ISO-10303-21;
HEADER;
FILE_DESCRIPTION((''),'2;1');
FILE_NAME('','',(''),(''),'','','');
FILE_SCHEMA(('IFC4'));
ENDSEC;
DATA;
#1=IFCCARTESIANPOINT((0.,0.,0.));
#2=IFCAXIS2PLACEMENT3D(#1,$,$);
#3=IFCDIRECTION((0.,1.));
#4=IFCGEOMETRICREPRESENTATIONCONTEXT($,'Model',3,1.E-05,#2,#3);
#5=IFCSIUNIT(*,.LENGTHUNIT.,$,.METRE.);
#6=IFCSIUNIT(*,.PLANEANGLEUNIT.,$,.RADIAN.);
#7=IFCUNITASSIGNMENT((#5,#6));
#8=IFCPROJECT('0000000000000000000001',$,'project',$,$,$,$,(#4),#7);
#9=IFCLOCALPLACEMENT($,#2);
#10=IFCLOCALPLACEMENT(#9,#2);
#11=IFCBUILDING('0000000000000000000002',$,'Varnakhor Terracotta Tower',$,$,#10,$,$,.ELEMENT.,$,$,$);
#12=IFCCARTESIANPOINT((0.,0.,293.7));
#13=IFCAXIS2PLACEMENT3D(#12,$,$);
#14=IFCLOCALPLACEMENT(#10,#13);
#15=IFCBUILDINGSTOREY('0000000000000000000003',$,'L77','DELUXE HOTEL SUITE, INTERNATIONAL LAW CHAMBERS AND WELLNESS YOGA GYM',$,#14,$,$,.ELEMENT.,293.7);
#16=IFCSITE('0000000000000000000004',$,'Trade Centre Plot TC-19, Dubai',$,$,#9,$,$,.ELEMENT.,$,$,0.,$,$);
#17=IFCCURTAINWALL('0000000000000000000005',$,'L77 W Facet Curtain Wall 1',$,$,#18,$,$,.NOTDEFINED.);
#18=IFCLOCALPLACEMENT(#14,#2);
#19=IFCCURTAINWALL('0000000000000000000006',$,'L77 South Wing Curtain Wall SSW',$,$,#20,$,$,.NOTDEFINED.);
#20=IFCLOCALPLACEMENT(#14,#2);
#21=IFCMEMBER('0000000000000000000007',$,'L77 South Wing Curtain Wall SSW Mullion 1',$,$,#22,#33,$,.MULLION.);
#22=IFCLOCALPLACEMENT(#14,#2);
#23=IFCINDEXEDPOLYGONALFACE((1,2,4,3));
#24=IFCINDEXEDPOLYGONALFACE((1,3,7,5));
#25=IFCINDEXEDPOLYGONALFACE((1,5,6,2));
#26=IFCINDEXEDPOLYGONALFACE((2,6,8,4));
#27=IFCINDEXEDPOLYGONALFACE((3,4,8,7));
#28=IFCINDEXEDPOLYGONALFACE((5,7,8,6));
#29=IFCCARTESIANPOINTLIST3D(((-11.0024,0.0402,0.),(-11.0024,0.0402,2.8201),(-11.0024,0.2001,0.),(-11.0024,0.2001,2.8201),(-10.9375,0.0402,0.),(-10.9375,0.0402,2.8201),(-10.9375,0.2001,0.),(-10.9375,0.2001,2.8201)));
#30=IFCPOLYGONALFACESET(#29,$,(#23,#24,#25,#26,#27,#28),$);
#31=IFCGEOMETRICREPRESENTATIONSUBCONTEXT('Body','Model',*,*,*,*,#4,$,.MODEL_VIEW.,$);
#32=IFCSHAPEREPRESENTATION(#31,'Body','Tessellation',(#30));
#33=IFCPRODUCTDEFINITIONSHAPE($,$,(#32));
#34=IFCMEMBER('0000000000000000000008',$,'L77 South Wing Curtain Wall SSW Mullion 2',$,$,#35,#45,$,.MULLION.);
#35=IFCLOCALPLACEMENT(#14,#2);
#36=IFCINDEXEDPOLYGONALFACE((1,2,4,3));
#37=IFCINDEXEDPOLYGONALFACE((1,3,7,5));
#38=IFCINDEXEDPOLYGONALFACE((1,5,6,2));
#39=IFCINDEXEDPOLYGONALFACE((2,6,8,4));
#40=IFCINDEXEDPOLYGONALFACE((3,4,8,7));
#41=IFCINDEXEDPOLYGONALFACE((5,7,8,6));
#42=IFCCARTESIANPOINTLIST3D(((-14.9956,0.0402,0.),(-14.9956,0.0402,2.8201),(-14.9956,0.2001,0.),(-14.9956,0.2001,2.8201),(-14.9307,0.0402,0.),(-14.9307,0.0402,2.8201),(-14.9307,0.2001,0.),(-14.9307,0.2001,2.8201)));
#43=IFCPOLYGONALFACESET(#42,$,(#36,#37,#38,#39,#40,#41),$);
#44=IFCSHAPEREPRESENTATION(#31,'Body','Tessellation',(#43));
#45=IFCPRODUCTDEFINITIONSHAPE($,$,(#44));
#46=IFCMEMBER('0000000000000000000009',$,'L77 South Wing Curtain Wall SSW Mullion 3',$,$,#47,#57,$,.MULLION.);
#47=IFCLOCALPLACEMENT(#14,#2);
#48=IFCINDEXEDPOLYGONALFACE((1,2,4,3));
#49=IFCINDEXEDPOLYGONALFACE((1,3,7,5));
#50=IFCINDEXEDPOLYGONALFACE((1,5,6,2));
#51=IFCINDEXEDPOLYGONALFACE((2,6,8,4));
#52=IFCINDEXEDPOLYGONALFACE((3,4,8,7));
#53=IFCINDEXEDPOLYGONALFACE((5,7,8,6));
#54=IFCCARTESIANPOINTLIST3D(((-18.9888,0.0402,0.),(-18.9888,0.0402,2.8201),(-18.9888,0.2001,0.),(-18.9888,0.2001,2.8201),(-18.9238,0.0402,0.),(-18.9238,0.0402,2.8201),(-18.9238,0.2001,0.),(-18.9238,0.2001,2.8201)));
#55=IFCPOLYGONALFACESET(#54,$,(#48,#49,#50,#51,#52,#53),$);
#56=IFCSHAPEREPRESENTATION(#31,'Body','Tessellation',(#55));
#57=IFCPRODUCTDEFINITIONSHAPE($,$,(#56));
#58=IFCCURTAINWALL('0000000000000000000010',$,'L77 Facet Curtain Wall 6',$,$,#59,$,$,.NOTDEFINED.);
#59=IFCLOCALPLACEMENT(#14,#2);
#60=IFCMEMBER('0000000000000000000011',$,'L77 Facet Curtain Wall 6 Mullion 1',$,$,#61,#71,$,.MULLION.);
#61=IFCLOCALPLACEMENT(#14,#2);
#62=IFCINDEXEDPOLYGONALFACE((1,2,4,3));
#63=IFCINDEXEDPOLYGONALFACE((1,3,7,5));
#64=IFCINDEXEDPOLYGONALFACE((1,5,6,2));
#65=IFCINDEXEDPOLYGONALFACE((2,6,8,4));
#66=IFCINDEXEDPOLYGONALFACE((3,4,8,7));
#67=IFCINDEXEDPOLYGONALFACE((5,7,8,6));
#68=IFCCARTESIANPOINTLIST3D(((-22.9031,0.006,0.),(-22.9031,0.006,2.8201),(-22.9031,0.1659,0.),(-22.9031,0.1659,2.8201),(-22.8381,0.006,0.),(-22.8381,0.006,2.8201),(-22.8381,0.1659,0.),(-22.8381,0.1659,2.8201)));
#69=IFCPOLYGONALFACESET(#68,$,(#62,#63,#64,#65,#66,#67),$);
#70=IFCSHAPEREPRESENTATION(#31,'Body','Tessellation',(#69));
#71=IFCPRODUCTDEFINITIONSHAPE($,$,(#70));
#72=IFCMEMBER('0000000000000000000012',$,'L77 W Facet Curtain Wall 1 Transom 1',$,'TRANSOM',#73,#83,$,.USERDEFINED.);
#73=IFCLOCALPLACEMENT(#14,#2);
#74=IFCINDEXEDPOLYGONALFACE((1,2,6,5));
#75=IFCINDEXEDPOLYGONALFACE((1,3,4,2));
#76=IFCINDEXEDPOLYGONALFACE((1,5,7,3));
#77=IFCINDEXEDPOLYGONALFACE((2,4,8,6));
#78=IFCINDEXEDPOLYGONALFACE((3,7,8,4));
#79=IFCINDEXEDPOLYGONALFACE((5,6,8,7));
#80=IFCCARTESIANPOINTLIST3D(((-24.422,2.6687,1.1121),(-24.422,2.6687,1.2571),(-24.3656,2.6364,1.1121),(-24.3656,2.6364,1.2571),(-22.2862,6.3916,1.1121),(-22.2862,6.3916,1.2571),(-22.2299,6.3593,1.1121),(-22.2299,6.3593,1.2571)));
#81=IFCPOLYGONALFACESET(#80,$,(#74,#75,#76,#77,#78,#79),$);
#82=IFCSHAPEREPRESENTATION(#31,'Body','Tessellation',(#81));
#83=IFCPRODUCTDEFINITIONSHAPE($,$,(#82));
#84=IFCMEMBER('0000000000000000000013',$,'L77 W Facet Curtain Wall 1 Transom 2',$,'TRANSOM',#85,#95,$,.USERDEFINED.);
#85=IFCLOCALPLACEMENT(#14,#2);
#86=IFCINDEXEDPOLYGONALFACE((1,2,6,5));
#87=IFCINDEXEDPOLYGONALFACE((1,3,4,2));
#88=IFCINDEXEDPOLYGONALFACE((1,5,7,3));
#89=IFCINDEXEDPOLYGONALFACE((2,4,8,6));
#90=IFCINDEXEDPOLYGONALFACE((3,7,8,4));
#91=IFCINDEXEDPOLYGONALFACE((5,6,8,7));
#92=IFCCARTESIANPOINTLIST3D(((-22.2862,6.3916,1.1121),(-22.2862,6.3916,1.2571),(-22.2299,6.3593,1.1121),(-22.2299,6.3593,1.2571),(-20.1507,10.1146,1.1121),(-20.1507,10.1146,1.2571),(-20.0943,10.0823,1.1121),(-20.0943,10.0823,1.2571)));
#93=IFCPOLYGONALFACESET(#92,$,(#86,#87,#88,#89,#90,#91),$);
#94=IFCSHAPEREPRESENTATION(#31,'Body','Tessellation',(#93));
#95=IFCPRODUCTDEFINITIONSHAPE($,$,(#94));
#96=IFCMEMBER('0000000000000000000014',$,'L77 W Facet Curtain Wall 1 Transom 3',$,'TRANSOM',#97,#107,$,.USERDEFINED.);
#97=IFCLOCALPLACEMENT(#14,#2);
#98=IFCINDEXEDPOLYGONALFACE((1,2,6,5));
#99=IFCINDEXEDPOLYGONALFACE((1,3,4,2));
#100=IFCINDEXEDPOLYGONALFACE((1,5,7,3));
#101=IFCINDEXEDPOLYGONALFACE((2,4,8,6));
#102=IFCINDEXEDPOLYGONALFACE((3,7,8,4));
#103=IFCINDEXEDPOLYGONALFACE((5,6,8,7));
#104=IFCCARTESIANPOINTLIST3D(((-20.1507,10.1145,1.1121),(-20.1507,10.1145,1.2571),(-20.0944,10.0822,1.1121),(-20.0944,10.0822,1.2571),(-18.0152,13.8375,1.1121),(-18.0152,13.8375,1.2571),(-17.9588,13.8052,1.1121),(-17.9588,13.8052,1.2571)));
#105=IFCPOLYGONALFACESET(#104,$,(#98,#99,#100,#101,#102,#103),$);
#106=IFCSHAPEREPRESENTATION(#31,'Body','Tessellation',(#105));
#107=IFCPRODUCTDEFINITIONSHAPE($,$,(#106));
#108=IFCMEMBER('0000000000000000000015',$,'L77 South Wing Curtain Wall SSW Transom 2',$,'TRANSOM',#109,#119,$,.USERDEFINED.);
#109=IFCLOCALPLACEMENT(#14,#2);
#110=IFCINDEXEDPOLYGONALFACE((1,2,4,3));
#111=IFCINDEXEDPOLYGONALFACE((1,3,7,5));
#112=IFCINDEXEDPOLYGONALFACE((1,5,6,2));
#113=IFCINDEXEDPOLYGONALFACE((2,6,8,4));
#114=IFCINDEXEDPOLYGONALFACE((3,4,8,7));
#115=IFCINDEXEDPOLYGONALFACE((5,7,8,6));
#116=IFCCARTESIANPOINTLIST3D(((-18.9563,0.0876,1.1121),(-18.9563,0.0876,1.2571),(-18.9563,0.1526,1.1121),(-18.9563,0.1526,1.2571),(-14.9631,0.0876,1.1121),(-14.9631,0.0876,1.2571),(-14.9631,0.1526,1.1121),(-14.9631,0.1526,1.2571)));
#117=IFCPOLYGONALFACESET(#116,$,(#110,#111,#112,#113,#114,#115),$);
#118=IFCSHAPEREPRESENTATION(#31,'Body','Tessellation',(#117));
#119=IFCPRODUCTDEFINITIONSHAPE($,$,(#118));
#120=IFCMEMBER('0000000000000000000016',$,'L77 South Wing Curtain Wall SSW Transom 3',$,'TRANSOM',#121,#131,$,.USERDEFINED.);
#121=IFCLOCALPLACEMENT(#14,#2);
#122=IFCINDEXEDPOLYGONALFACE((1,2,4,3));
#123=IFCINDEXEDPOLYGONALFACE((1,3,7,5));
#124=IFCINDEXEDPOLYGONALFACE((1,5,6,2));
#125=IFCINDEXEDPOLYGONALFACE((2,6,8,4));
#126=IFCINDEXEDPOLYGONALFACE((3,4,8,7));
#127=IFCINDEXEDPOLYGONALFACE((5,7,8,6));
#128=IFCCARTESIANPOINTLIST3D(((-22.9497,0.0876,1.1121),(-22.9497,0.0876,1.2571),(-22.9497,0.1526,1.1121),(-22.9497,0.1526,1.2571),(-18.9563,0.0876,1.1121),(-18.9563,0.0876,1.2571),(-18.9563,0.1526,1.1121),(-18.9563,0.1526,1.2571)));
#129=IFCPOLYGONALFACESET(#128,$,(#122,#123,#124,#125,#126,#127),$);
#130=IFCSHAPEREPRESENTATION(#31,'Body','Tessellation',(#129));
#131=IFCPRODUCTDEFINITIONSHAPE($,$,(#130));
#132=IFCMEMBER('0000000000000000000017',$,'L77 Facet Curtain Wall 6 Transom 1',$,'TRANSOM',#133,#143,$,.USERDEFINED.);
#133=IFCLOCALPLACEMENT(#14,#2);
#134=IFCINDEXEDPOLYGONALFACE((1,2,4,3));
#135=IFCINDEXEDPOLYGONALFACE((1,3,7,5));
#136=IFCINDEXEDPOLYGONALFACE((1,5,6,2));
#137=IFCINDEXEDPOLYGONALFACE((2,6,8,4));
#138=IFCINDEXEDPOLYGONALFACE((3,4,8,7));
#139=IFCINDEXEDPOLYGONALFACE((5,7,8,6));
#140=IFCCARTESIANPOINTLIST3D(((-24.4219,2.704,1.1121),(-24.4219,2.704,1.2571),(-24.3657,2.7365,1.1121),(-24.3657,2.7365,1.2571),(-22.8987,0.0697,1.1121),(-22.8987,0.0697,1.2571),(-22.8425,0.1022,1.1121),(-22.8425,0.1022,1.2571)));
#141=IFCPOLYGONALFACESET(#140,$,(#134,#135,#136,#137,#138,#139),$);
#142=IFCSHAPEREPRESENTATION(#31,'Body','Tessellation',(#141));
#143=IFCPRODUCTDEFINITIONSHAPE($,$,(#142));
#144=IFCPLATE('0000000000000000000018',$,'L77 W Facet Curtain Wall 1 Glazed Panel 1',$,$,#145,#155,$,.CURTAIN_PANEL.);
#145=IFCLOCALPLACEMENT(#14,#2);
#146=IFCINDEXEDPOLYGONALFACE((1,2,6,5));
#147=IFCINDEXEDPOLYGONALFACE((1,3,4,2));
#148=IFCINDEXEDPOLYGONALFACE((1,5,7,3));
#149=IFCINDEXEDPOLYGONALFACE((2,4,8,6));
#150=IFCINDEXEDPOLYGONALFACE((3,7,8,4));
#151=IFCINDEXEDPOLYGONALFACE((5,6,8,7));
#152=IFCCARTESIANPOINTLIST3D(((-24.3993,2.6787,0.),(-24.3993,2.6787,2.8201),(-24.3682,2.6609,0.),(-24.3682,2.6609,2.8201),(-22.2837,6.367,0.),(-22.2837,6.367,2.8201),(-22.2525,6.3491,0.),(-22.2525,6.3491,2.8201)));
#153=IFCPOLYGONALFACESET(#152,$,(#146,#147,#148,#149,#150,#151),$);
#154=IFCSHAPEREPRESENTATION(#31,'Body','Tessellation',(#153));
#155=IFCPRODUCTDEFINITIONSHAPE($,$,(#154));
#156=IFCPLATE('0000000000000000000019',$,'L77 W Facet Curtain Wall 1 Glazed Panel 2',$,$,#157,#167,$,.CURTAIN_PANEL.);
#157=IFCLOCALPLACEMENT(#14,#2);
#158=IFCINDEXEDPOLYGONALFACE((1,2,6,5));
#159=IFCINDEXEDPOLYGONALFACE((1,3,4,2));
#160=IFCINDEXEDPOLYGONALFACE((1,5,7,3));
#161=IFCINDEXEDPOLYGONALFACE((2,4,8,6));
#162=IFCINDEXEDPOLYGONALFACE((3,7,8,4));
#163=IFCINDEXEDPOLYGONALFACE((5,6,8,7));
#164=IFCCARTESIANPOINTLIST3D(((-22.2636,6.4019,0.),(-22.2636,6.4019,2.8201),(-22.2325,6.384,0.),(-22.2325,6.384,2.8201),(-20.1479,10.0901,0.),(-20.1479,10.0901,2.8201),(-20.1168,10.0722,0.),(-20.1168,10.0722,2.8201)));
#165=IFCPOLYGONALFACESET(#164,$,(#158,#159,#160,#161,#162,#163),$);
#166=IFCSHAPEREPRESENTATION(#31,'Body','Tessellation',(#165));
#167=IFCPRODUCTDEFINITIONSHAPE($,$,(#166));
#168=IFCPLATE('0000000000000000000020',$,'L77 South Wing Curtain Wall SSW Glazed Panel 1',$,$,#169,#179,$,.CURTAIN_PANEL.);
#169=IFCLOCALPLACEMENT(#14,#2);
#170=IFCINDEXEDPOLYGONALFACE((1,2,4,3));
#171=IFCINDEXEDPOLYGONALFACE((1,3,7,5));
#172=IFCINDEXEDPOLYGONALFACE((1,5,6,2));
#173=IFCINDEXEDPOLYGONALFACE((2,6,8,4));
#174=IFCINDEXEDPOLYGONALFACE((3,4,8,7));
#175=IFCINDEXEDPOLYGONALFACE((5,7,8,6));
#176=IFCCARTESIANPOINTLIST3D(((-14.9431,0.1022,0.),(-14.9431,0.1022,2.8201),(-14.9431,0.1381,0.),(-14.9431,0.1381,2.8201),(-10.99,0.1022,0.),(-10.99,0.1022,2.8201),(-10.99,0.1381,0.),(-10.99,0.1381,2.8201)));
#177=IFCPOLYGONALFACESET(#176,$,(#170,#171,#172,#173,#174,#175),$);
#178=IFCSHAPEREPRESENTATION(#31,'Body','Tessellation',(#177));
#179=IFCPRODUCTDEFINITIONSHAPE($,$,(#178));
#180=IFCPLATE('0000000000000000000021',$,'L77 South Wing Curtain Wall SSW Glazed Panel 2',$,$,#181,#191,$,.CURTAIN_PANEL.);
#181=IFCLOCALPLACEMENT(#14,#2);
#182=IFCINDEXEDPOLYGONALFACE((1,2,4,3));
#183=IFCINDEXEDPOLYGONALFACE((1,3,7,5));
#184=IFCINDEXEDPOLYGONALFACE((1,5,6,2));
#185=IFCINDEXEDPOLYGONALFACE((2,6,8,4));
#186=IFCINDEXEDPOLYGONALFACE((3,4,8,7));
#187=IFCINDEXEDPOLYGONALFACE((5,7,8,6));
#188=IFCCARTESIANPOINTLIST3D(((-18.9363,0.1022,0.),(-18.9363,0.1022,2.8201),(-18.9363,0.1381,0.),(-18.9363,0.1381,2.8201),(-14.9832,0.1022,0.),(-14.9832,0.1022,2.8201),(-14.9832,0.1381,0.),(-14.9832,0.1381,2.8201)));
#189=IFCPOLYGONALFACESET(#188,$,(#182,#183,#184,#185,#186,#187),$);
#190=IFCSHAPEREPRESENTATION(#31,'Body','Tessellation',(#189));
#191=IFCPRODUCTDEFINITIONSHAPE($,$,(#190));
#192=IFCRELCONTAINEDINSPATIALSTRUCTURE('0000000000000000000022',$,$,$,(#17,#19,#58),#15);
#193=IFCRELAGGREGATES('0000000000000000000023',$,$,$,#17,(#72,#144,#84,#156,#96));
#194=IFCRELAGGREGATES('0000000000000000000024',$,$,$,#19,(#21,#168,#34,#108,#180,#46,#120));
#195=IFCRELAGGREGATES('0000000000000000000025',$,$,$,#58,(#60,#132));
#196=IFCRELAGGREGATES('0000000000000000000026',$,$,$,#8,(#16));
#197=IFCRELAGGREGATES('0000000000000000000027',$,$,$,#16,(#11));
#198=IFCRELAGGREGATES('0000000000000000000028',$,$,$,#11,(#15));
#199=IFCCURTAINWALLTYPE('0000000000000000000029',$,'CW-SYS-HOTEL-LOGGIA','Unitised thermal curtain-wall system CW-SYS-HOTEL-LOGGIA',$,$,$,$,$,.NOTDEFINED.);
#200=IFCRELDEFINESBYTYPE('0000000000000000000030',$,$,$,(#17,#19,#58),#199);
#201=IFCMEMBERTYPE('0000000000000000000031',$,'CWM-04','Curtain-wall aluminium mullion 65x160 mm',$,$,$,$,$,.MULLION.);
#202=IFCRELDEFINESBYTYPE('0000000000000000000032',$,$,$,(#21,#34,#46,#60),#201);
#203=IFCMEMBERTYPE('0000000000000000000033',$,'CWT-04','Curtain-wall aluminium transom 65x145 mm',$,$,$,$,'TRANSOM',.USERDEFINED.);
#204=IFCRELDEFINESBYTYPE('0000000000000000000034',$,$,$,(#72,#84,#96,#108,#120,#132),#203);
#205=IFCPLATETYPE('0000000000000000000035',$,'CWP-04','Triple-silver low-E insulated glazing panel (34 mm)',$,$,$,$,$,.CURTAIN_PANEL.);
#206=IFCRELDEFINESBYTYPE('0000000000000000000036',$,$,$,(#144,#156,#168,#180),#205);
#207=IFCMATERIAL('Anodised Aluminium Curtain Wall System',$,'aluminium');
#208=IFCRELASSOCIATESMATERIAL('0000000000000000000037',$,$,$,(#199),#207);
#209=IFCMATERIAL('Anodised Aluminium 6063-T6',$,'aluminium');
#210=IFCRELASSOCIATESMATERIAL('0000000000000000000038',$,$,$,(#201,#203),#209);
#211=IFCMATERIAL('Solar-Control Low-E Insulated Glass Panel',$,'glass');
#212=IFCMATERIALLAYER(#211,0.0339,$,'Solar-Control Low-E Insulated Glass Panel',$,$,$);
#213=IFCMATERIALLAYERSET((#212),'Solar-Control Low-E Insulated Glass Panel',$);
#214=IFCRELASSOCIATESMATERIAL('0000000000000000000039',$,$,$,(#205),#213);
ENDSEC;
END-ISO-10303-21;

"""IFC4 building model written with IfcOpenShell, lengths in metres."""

from ifc_helpers import new_model, si_unit, direction, frame, origin, origin_2d, place, context, subcontext, project, spatial, rectangle, extrude, source, transform, mapped, material, layer, layer_set, material_profile, profile_set, type_object, type_shapes, element, aggregate, save


model = new_model("IFC4")

# Units and contexts
model_context = context("Model", 3, precision=1e-05, world=origin(), true_north=direction((0.0, 1.0)))
body_context = subcontext(model_context, "Body", "Model", "MODEL_VIEW")
ifc_project = project(units=[si_unit("LENGTHUNIT", "METRE"), si_unit("PLANEANGLEUNIT", "RADIAN")], contexts=[model_context])

# Site, building, storey
site_placement = place(None, origin())
site = spatial("IfcSite", under=ifc_project, at=site_placement, Name="Trade Centre Plot TC-19, Dubai", CompositionType="ELEMENT", RefElevation=0.0)
building_placement = place(site_placement, origin())
building = spatial("IfcBuilding", under=site, at=building_placement, Name="Varnakhor Terracotta Tower", CompositionType="ELEMENT")
storey_placement = place(building_placement, frame((0.0, 0.0, 293.7)))
storey = spatial("IfcBuildingStorey", under=building, at=storey_placement, Name="L77", Description="DELUXE HOTEL SUITE, INTERNATIONAL LAW CHAMBERS AND WELLNESS YOGA GYM", CompositionType="ELEMENT", Elevation=293.7)

# Curtain walls, members
ifc_material_1 = material(Name="Anodised Aluminium Curtain Wall System", Category="aluminium")
curtain_wall_type = type_object("IfcCurtainWallType", Name="CW-SYS-HOTEL-LOGGIA", Description="Unitised thermal curtain-wall system CW-SYS-HOTEL-LOGGIA", PredefinedType="NOTDEFINED", material=ifc_material_1)
curtain_wall_1_placement = place(storey_placement, origin())
curtain_wall_1 = element("IfcCurtainWall", 1, at=curtain_wall_1_placement, inside=storey, type_object=curtain_wall_type, Name="L77 W Facet Curtain Wall 1", PredefinedType="NOTDEFINED")
ifc_material_2 = material(Name="Anodised Aluminium 6063-T6", Category="aluminium")
ifc_material_profile_1 = material_profile(ifc_material_2, rectangle(XDim=0.0649, YDim=0.1599, at=origin_2d()), Name="ALU MULLION 65x160")
ifc_profile_set_1 = profile_set([ifc_material_profile_1], Name="Anodised Aluminium 6063-T6")
member_type_1 = type_object("IfcMemberType", Name="CWM-04", Description="Curtain-wall aluminium mullion 65x160 mm", PredefinedType="MULLION", material=ifc_profile_set_1)
shared_shape_1 = source(origin(), body_context, "Body", "SweptSolid", [
    extrude(rectangle(XDim=0.0649, YDim=0.1599, at=origin_2d()), origin(), (0.0, 0.0, 1.0), 2.8201),
])
type_shapes(member_type_1, [shared_shape_1])
curtain_wall_2_placement = place(storey_placement, origin())
curtain_wall_2 = element("IfcCurtainWall", 2, at=curtain_wall_2_placement, inside=storey, type_object=curtain_wall_type, Name="L77 South Wing Curtain Wall SSW", PredefinedType="NOTDEFINED")
member_1_placement = place(storey_placement, frame((-10.97, 0.1201, 0.0), z_axis=(0.0, 0.0, 1.0), x_axis=(1.0, 0.0, 0.0)))
member_1 = element("IfcMember", 3, at=member_1_placement, type_object=member_type_1, Name="L77 South Wing Curtain Wall SSW Mullion 1", PredefinedType="MULLION", context=body_context, shape_type="MappedRepresentation", body=[
    mapped(shared_shape_1, transform((0.0, 0.0, 0.0), scale=1.0)),
])
member_2_placement = place(storey_placement, frame((-14.9631, 0.1201, 0.0), z_axis=(0.0, 0.0, 1.0), x_axis=(1.0, 0.0, 0.0)))
member_2 = element("IfcMember", 4, at=member_2_placement, type_object=member_type_1, Name="L77 South Wing Curtain Wall SSW Mullion 2", PredefinedType="MULLION", context=body_context, shape_type="MappedRepresentation", body=[
    mapped(shared_shape_1, transform((0.0, 0.0, 0.0), scale=1.0)),
])
member_3_placement = place(storey_placement, frame((-18.9563, 0.1201, 0.0), z_axis=(0.0, 0.0, 1.0), x_axis=(1.0, 0.0, 0.0)))
member_3 = element("IfcMember", 5, at=member_3_placement, type_object=member_type_1, Name="L77 South Wing Curtain Wall SSW Mullion 3", PredefinedType="MULLION", context=body_context, shape_type="MappedRepresentation", body=[
    mapped(shared_shape_1, transform((0.0, 0.0, 0.0), scale=1.0)),
])

# Curtain wall, member
curtain_wall_3_placement = place(storey_placement, origin())
curtain_wall_3 = element("IfcCurtainWall", 6, at=curtain_wall_3_placement, inside=storey, type_object=curtain_wall_type, Name="L77 Facet Curtain Wall 6", PredefinedType="NOTDEFINED")
member_4_placement = place(storey_placement, frame((-22.8706, 0.0859, 0.0), z_axis=(0.0, 0.0, 1.0), x_axis=(1.0, 0.0, 0.0)))
member_4 = element("IfcMember", 7, at=member_4_placement, type_object=member_type_1, Name="L77 Facet Curtain Wall 6 Mullion 1", PredefinedType="MULLION", context=body_context, shape_type="MappedRepresentation", body=[
    mapped(shared_shape_1, transform((0.0, 0.0, 0.0), scale=1.0)),
])

# Members
ifc_material_profile_2 = material_profile(ifc_material_2, rectangle(XDim=0.0649, YDim=0.145, at=origin_2d()), Name="ALU TRANSOM 65x145")
ifc_profile_set_2 = profile_set([ifc_material_profile_2], Name="Anodised Aluminium 6063-T6")
member_type_2 = type_object("IfcMemberType", Name="CWT-04", Description="Curtain-wall aluminium transom 65x145 mm", ElementType="TRANSOM", PredefinedType="USERDEFINED", material=ifc_profile_set_2)
shared_shape_2 = source(origin(), body_context, "Body", "SweptSolid", [
    extrude(rectangle(XDim=0.0649, YDim=0.145, at=origin_2d()), origin(), (0.0, 0.0, 1.0), 4.292),
])
member_5_placement = place(storey_placement, frame((-24.3938, 2.6526, 1.1846), z_axis=(0.497608, 0.867402, 0.0), x_axis=(-0.867402, 0.497608, 0.0)))
member_5 = element("IfcMember", 8, at=member_5_placement, type_object=member_type_2, Name="L77 W Facet Curtain Wall 1 Transom 1", ObjectType="TRANSOM", PredefinedType="USERDEFINED", context=body_context, shape_type="MappedRepresentation", body=[
    mapped(shared_shape_2, transform((0.0, 0.0, 0.0), scale=1.0)),
])
member_6_placement = place(storey_placement, frame((-22.2581, 6.3755, 1.1846), z_axis=(0.497566, 0.867426, 0.0), x_axis=(-0.867426, 0.497566, 0.0)))
member_6 = element("IfcMember", 9, at=member_6_placement, type_object=member_type_2, Name="L77 W Facet Curtain Wall 1 Transom 2", ObjectType="TRANSOM", PredefinedType="USERDEFINED", context=body_context, shape_type="MappedRepresentation", body=[
    mapped(shared_shape_2, transform((0.0, 0.0, 0.0), scale=1.0)),
])
member_7_placement = place(storey_placement, frame((-20.1226, 10.0984, 1.1846), z_axis=(0.497566, 0.867426, 0.0), x_axis=(-0.867426, 0.497566, 0.0)))
member_7 = element("IfcMember", 10, at=member_7_placement, type_object=member_type_2, Name="L77 W Facet Curtain Wall 1 Transom 3", ObjectType="TRANSOM", PredefinedType="USERDEFINED", context=body_context, shape_type="MappedRepresentation", body=[
    mapped(shared_shape_2, transform((0.0, 0.0, 0.0), scale=1.0)),
])
shared_shape_3 = source(origin(), body_context, "Body", "SweptSolid", [
    extrude(rectangle(XDim=0.0649, YDim=0.145, at=origin_2d()), origin(), (0.0, 0.0, 1.0), 3.9932),
])
member_8_placement = place(storey_placement, frame((-14.9631, 0.1201, 1.1846), z_axis=(-1.0, 0.0, 0.0), x_axis=(0.0, -1.0, 0.0)))
member_8 = element("IfcMember", 11, at=member_8_placement, type_object=member_type_2, Name="L77 South Wing Curtain Wall SSW Transom 2", ObjectType="TRANSOM", PredefinedType="USERDEFINED", context=body_context, shape_type="MappedRepresentation", body=[
    mapped(shared_shape_3, transform((0.0, 0.0, 0.0), scale=1.0)),
])
shared_shape_4 = source(origin(), body_context, "Body", "SweptSolid", [
    extrude(rectangle(XDim=0.0649, YDim=0.145, at=origin_2d()), origin(), (0.0, 0.0, 1.0), 3.9934),
])
member_9_placement = place(storey_placement, frame((-18.9563, 0.1201, 1.1846), z_axis=(-1.0, 0.0, 0.0), x_axis=(0.0, -1.0, 0.0)))
member_9 = element("IfcMember", 12, at=member_9_placement, type_object=member_type_2, Name="L77 South Wing Curtain Wall SSW Transom 3", ObjectType="TRANSOM", PredefinedType="USERDEFINED", context=body_context, shape_type="MappedRepresentation", body=[
    mapped(shared_shape_4, transform((0.0, 0.0, 0.0), scale=1.0)),
])
shared_shape_5 = source(origin(), body_context, "Body", "SweptSolid", [
    extrude(rectangle(XDim=0.0649, YDim=0.145, at=origin_2d()), origin(), (0.0, 0.0, 1.0), 3.043),
])
member_10_placement = place(storey_placement, frame((-22.8706, 0.0859, 1.1846), z_axis=(-0.500565, 0.865699, 0.0), x_axis=(-0.865699, -0.500565, 0.0)))
member_10 = element("IfcMember", 13, at=member_10_placement, type_object=member_type_2, Name="L77 Facet Curtain Wall 6 Transom 1", ObjectType="TRANSOM", PredefinedType="USERDEFINED", context=body_context, shape_type="MappedRepresentation", body=[
    mapped(shared_shape_5, transform((0.0, 0.0, 0.0), scale=1.0)),
])

# Plates
ifc_material_3 = material(Name="Solar-Control Low-E Insulated Glass Panel", Category="glass")
ifc_layer_1 = layer(ifc_material_3, 0.0339, Name="Solar-Control Low-E Insulated Glass Panel")
ifc_layer_set_1 = layer_set([ifc_layer_1], Name="Solar-Control Low-E Insulated Glass Panel")
plate_type = type_object("IfcPlateType", Name="CWP-04", Description="Triple-silver low-E insulated glazing panel (34 mm)", PredefinedType="CURTAIN_PANEL", material=ifc_layer_set_1)
shared_shape_6 = source(origin(), body_context, "Body", "SweptSolid", [
    extrude(rectangle(XDim=4.252, YDim=0.0359, at=origin_2d()), origin(), (0.0, 0.0, 1.0), 2.8201),
])
plate_1_placement = place(storey_placement, frame((-23.3259, 4.5139, 0.0), z_axis=(0.0, 0.0, 1.0), x_axis=(0.49758, 0.867418, 0.0)))
plate_1 = element("IfcPlate", 14, at=plate_1_placement, type_object=plate_type, Name="L77 W Facet Curtain Wall 1 Glazed Panel 1", PredefinedType="CURTAIN_PANEL", context=body_context, shape_type="MappedRepresentation", body=[
    mapped(shared_shape_6, transform((0.0, 0.0, 0.0), scale=1.0)),
])
plate_2_placement = place(storey_placement, frame((-21.1902, 8.2371, 0.0), z_axis=(0.0, 0.0, 1.0), x_axis=(0.49758, 0.867418, 0.0)))
plate_2 = element("IfcPlate", 15, at=plate_2_placement, type_object=plate_type, Name="L77 W Facet Curtain Wall 1 Glazed Panel 2", PredefinedType="CURTAIN_PANEL", context=body_context, shape_type="MappedRepresentation", body=[
    mapped(shared_shape_6, transform((0.0, 0.0, 0.0), scale=1.0)),
])
aggregate(curtain_wall_1, [member_5, plate_1, member_6, plate_2, member_7])
shared_shape_7 = source(origin(), body_context, "Body", "SweptSolid", [
    extrude(rectangle(XDim=3.9531, YDim=0.0359, at=origin_2d()), origin(), (0.0, 0.0, 1.0), 2.8201),
])
plate_3_placement = place(storey_placement, frame((-12.9666, 0.1201, 0.0), z_axis=(0.0, 0.0, 1.0), x_axis=(-1.0, 0.0, 0.0)))
plate_3 = element("IfcPlate", 16, at=plate_3_placement, type_object=plate_type, Name="L77 South Wing Curtain Wall SSW Glazed Panel 1", PredefinedType="CURTAIN_PANEL", context=body_context, shape_type="MappedRepresentation", body=[
    mapped(shared_shape_7, transform((0.0, 0.0, 0.0), scale=1.0)),
])
plate_4_placement = place(storey_placement, frame((-16.9597, 0.1201, 0.0), z_axis=(0.0, 0.0, 1.0), x_axis=(-1.0, 0.0, 0.0)))
plate_4 = element("IfcPlate", 17, at=plate_4_placement, type_object=plate_type, Name="L77 South Wing Curtain Wall SSW Glazed Panel 2", PredefinedType="CURTAIN_PANEL", context=body_context, shape_type="MappedRepresentation", body=[
    mapped(shared_shape_7, transform((0.0, 0.0, 0.0), scale=1.0)),
])
aggregate(curtain_wall_2, [member_1, plate_3, member_2, member_8, plate_4, member_3, member_9])
aggregate(curtain_wall_3, [member_4, member_10])

save(model, "model.ifc")
